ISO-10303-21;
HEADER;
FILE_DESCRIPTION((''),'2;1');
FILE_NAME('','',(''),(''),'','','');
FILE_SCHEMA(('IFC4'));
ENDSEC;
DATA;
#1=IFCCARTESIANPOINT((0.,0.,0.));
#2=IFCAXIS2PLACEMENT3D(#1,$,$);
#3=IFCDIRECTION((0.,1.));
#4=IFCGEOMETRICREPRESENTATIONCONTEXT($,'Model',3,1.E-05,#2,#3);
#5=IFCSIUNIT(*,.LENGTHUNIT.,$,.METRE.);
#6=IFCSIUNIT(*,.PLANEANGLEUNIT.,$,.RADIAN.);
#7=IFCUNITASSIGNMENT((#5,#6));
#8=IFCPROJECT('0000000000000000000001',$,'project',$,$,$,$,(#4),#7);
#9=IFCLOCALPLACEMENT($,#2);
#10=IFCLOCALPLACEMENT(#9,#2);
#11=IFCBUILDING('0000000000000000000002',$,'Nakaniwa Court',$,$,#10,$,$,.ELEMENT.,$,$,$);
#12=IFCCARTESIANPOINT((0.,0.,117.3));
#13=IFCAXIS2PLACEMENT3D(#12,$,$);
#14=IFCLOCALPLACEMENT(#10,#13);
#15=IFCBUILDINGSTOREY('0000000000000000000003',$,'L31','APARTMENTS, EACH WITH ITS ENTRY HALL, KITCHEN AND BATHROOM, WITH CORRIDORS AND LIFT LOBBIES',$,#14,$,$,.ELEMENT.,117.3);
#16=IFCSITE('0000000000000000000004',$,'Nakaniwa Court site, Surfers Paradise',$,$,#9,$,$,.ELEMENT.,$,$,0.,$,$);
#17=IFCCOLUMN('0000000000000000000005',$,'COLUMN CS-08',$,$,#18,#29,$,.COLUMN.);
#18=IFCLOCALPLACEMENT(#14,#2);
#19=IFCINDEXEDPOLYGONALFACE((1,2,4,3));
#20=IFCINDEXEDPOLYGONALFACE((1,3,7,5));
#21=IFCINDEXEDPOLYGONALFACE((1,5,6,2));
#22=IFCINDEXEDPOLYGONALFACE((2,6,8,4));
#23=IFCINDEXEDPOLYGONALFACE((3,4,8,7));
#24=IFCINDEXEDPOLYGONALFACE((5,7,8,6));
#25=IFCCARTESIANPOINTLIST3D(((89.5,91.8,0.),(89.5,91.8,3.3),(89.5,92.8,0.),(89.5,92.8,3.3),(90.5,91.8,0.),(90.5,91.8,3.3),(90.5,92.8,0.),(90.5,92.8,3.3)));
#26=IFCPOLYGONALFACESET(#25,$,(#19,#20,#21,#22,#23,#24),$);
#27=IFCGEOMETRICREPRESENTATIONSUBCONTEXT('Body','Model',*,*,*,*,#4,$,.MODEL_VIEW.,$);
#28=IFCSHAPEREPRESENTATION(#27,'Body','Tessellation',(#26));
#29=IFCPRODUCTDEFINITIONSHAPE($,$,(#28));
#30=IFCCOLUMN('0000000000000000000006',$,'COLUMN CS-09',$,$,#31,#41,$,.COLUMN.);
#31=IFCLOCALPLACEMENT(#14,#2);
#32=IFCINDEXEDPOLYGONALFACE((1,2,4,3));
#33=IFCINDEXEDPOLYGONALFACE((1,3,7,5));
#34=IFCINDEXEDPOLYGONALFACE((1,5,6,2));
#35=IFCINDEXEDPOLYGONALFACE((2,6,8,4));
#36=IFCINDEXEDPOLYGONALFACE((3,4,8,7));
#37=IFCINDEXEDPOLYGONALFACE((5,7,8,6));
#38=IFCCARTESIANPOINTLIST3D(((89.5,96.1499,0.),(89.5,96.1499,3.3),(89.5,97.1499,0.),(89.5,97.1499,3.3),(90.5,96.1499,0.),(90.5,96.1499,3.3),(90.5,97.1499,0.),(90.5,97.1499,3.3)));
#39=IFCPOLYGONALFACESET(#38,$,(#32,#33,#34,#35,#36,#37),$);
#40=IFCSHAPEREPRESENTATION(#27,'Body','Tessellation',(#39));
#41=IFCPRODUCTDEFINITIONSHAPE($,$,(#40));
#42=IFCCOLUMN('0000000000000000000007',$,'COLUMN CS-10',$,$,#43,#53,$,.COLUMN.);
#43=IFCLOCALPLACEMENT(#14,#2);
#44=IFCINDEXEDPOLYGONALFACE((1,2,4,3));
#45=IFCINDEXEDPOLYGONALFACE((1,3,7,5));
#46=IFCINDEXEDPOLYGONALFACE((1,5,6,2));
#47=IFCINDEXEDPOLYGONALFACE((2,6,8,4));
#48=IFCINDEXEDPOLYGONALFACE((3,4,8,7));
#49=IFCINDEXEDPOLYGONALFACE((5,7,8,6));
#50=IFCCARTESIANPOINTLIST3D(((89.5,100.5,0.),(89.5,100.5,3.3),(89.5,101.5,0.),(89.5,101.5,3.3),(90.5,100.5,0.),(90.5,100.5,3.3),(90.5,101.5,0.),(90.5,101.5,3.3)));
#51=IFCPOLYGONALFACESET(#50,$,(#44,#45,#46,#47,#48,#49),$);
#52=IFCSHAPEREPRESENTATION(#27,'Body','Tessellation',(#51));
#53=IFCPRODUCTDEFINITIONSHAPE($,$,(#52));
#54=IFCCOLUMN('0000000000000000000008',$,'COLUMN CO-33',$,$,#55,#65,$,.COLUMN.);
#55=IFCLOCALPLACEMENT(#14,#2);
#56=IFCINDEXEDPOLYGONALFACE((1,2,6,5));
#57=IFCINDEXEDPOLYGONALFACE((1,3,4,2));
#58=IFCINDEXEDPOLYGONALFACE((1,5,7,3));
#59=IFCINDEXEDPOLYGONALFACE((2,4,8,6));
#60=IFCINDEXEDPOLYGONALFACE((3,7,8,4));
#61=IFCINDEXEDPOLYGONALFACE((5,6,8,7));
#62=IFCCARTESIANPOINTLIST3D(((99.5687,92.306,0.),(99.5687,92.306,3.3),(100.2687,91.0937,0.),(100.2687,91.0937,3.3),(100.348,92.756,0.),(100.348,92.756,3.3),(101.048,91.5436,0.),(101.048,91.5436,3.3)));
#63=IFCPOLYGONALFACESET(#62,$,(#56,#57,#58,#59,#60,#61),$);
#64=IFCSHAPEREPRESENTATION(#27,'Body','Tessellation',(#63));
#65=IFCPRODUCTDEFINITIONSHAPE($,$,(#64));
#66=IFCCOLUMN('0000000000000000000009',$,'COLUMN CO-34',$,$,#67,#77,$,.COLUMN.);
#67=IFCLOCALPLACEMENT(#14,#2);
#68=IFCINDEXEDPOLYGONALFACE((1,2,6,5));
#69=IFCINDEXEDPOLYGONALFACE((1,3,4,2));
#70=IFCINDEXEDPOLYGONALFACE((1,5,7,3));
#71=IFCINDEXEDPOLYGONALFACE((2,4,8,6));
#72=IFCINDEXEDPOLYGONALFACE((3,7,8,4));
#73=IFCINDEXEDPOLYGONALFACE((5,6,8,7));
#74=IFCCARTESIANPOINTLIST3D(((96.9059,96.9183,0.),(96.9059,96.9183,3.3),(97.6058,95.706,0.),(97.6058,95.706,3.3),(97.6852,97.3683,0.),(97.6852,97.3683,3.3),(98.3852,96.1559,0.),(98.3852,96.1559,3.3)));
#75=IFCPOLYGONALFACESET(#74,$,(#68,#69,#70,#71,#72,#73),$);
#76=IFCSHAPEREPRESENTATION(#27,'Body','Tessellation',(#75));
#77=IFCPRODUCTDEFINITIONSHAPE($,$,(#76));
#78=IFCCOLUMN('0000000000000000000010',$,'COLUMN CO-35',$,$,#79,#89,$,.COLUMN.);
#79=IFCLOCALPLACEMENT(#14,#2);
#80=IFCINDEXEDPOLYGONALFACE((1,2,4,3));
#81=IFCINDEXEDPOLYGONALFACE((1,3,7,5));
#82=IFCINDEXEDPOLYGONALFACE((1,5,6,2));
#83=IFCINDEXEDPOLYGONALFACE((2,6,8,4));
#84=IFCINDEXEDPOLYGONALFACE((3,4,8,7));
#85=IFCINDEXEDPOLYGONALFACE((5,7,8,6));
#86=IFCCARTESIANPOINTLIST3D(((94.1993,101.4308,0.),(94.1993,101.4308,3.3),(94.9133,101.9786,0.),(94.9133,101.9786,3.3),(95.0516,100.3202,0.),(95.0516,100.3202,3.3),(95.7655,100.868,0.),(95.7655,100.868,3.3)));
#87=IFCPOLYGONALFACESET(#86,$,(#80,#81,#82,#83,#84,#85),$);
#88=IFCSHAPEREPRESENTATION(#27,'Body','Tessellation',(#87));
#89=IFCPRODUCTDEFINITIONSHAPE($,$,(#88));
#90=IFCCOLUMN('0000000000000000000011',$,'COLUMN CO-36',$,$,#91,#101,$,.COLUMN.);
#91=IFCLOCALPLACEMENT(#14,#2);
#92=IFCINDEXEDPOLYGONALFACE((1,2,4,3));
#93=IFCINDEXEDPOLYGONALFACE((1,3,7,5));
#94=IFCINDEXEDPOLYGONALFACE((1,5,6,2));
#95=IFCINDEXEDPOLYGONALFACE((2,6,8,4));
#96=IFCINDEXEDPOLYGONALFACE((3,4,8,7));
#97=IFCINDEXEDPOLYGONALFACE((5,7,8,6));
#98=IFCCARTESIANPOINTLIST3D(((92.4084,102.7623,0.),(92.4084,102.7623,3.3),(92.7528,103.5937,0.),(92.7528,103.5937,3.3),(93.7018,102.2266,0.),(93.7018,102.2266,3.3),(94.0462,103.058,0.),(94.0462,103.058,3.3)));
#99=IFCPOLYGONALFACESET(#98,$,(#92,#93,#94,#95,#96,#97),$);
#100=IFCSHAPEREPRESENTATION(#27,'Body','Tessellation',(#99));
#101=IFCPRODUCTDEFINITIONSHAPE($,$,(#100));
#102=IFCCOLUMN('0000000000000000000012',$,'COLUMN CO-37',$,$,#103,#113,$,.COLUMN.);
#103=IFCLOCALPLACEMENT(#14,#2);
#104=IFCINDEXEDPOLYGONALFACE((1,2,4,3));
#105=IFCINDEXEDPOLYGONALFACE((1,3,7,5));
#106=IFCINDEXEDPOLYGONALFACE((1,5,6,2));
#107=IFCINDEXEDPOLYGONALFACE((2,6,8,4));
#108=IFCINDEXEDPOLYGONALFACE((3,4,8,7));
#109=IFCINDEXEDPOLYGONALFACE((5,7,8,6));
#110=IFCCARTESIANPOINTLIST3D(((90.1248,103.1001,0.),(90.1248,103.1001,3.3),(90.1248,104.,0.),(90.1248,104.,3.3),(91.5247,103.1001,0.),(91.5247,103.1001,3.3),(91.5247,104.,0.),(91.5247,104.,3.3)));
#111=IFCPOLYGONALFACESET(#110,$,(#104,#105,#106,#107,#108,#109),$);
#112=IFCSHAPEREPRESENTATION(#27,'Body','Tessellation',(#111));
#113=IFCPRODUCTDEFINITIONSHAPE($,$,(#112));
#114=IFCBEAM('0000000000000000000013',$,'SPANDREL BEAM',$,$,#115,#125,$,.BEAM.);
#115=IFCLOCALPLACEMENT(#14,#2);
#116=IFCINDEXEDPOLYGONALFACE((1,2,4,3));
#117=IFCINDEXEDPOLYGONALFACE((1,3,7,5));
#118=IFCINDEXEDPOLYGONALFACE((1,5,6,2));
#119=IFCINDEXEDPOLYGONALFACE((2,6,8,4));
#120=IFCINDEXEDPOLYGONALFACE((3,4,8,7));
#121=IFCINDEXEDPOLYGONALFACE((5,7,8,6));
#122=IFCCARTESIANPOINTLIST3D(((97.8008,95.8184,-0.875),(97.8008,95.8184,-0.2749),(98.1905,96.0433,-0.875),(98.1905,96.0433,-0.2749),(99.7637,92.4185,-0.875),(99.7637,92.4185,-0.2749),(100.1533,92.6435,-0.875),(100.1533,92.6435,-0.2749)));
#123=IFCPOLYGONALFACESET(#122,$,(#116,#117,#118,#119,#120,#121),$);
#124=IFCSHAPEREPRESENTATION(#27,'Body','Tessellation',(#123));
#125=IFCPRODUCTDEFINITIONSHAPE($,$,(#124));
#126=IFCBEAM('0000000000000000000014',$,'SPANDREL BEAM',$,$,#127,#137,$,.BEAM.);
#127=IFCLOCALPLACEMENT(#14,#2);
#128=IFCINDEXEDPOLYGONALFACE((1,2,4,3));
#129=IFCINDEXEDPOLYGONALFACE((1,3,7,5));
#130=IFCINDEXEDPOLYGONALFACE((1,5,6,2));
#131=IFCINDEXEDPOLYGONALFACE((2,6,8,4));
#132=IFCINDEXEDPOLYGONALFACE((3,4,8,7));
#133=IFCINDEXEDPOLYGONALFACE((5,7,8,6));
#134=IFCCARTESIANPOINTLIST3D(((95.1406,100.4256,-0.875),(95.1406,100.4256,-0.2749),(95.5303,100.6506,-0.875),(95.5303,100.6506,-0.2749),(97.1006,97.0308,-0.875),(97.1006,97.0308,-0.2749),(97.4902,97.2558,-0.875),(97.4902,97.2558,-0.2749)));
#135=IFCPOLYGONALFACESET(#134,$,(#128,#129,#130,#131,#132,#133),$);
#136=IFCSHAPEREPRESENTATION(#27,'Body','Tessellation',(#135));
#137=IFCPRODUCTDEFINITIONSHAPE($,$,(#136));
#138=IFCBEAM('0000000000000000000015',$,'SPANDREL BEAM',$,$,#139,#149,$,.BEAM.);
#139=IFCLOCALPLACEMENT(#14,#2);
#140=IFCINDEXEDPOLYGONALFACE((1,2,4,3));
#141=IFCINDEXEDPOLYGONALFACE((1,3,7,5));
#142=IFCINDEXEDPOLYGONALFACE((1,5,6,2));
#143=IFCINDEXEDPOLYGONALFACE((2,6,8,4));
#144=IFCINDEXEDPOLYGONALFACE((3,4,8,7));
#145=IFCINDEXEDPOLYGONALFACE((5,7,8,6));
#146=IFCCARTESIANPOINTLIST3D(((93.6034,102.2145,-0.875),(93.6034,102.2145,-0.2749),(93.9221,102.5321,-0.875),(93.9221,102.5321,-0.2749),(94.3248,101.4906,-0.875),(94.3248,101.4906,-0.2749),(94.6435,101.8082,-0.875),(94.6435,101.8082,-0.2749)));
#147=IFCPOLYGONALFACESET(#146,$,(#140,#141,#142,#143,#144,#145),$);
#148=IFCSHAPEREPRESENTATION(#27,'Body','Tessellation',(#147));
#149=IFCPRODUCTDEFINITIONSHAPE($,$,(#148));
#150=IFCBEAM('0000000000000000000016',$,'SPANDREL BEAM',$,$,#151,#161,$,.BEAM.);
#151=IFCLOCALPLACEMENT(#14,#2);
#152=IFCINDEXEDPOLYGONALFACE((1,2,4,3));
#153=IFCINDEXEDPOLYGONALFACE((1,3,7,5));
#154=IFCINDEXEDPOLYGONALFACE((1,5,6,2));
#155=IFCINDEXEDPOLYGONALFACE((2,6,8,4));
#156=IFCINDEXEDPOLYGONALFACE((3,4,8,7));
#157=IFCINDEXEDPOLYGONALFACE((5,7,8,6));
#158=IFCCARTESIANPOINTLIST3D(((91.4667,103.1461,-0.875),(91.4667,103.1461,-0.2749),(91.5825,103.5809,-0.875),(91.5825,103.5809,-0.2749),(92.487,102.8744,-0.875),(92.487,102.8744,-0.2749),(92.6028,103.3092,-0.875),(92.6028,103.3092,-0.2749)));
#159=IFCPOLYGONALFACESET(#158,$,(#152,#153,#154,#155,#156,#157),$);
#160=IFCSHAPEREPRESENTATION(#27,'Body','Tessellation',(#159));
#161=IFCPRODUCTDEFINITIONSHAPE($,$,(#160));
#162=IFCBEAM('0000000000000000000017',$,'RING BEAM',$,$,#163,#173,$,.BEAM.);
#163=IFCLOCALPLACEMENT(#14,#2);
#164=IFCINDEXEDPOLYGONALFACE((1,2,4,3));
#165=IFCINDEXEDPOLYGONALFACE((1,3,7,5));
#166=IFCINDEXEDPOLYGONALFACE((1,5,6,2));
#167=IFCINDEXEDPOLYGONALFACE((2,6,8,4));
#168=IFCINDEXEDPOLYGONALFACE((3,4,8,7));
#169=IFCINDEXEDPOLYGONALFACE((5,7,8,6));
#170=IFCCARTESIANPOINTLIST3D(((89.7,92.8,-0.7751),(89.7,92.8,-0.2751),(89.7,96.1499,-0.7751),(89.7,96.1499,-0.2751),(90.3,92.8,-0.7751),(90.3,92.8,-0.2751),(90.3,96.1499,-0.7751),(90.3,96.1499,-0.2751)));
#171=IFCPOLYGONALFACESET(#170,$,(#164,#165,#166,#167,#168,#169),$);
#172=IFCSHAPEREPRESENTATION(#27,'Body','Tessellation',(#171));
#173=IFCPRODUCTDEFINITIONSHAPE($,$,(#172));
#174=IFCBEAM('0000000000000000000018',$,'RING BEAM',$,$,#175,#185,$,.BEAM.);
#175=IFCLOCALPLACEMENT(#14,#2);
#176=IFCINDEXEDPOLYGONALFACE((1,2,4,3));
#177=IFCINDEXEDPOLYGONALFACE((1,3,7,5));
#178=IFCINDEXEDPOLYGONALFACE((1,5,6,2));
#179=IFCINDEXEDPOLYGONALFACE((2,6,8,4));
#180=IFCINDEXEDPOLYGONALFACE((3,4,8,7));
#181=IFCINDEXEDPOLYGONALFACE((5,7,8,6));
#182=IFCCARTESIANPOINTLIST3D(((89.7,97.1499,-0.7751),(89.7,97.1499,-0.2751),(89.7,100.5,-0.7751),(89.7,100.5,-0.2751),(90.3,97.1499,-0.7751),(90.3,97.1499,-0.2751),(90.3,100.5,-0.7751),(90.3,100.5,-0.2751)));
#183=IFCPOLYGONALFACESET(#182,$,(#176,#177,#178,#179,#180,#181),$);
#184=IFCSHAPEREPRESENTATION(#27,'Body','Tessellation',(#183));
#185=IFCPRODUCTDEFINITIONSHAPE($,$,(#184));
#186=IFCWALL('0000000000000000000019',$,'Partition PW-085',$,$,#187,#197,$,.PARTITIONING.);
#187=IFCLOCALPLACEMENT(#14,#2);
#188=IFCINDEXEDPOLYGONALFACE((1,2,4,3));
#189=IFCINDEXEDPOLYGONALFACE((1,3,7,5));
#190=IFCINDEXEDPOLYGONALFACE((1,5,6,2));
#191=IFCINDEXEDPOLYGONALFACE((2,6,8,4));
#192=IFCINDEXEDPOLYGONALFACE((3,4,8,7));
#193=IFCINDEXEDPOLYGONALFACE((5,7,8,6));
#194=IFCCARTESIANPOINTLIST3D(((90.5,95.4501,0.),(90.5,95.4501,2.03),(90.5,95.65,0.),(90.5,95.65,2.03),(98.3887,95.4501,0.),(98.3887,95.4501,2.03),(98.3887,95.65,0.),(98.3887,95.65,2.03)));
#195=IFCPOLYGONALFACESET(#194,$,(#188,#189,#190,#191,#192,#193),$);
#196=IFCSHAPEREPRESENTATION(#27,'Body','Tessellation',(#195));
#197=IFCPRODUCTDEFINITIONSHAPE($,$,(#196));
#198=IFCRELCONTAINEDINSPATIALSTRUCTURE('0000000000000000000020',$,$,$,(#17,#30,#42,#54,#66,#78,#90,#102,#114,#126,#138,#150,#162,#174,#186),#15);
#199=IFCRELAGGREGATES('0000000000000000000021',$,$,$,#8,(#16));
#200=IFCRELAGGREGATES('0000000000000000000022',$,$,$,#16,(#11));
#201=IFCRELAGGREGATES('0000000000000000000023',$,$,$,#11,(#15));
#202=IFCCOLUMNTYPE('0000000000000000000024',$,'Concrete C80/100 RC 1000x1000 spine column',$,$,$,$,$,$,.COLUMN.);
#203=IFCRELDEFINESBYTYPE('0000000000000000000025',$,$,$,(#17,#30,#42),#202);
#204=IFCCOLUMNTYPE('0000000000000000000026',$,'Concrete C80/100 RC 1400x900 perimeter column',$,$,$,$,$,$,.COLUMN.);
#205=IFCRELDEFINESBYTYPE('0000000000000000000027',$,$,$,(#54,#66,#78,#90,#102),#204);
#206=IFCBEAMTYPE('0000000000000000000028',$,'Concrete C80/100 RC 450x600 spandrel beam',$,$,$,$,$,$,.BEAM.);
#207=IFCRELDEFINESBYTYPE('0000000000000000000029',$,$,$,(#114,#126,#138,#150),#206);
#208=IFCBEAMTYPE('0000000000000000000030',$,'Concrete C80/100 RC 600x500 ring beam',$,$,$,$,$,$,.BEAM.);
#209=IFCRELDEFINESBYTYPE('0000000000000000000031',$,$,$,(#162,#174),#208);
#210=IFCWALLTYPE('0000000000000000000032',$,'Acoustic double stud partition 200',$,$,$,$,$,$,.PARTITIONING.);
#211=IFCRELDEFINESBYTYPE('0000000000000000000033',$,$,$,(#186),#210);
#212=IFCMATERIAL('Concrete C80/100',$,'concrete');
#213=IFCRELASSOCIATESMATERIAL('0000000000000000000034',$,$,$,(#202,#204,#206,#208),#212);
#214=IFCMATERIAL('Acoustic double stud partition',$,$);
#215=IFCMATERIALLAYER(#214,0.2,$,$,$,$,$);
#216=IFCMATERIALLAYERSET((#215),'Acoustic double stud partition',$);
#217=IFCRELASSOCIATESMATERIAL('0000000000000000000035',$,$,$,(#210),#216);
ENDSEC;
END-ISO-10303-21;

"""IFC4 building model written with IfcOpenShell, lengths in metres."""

from ifc_helpers import new_model, si_unit, direction, frame, frame_2d, origin, origin_2d, place, context, subcontext, project, spatial, rectangle, extrude, material, layer, layer_set, material_profile, profile_set, type_object, element, save


model = new_model("IFC4")

# Units and contexts
model_context = context("Model", 3, precision=1e-05, world=origin(), true_north=direction((0.0, 1.0)))
body_context = subcontext(model_context, "Body", "Model", "MODEL_VIEW")
ifc_project = project(units=[si_unit("LENGTHUNIT", "METRE"), si_unit("PLANEANGLEUNIT", "RADIAN")], contexts=[model_context])

# Site, building, storey
site_placement = place(None, origin())
site = spatial("IfcSite", under=ifc_project, at=site_placement, Name="Nakaniwa Court site, Surfers Paradise", CompositionType="ELEMENT", RefElevation=0.0)
building_placement = place(site_placement, origin())
building = spatial("IfcBuilding", under=site, at=building_placement, Name="Nakaniwa Court", CompositionType="ELEMENT")
storey_placement = place(building_placement, frame((0.0, 0.0, 117.3)))
storey = spatial("IfcBuildingStorey", under=building, at=storey_placement, Name="L31", Description="APARTMENTS, EACH WITH ITS ENTRY HALL, KITCHEN AND BATHROOM, WITH CORRIDORS AND LIFT LOBBIES", CompositionType="ELEMENT", Elevation=117.3)

# Columns
ifc_material_1 = material(Name="Concrete C80/100", Category="concrete")
ifc_material_profile_1 = material_profile(ifc_material_1, rectangle(XDim=1.0, YDim=1.0, at=origin_2d()), Name="Concrete C80/100 RC 1000x1000 spine column")
ifc_profile_set_1 = profile_set([ifc_material_profile_1], Name="Concrete C80/100")
column_type_1 = type_object("IfcColumnType", Name="Concrete C80/100 RC 1000x1000 spine column", PredefinedType="COLUMN", material=ifc_profile_set_1)
for number, where, z_axis, x_axis, name in (
    (1, (90.0, 92.3, 0.0), (0.0, 0.0, 1.0), (0.0, 1.0, 0.0), "COLUMN CS-08"),
    (2, (90.0, 96.6499, 0.0), (0.0, 0.0, 1.0), (0.0, 1.0, 0.0), "COLUMN CS-09"),
    (3, (90.0, 101.0, 0.0), (0.0, 0.0, 1.0), (0.0, 1.0, 0.0), "COLUMN CS-10"),
):
    element("IfcColumn", number, at=place(storey_placement, frame(where, z_axis=z_axis, x_axis=x_axis)), inside=storey, type_object=column_type_1, Name=name, PredefinedType="COLUMN", context=body_context, shape_type="SweptSolid", body=[
        extrude(rectangle(XDim=1.0, YDim=1.0, at=origin_2d()), origin(), (0.0, 0.0, 1.0), 3.3),
    ])
ifc_material_profile_2 = material_profile(ifc_material_1, rectangle(XDim=1.3999, YDim=0.8999, at=origin_2d()), Name="Concrete C80/100 RC 1400x900 perimeter column")
ifc_profile_set_2 = profile_set([ifc_material_profile_2], Name="Concrete C80/100")
column_type_2 = type_object("IfcColumnType", Name="Concrete C80/100 RC 1400x900 perimeter column", PredefinedType="COLUMN", material=ifc_profile_set_2)
for number, where, z_axis, x_axis, name in (
    (4, (100.3083, 91.9248, 0.0), (0.0, 0.0, 1.0), (-0.5, 0.866025, 0.0), "COLUMN CO-33"),
    (5, (97.6455, 96.5371, 0.0), (0.0, 0.0, 1.0), (-0.5, 0.866025, 0.0), "COLUMN CO-34"),
    (6, (94.9824, 101.1494, 0.0), (0.0, 0.0, 1.0), (-0.608761, 0.793353, 0.0), "COLUMN CO-35"),
    (7, (93.2273, 102.9102, 0.0), (0.0, 0.0, 1.0), (-0.92388, 0.382683, 0.0), "COLUMN CO-36"),
    (8, (90.8247, 103.55, 0.0), (0.0, 0.0, 1.0), (-1.0, 0.0, 0.0), "COLUMN CO-37"),
):
    element("IfcColumn", number, at=place(storey_placement, frame(where, z_axis=z_axis, x_axis=x_axis)), inside=storey, type_object=column_type_2, Name=name, PredefinedType="COLUMN", context=body_context, shape_type="SweptSolid", body=[
        extrude(rectangle(XDim=1.3999, YDim=0.8999, at=origin_2d()), origin(), (0.0, 0.0, 1.0), 3.3),
    ])

# Beams
ifc_material_profile_3 = material_profile(ifc_material_1, rectangle(XDim=0.45, YDim=0.6001, at=origin_2d()), Name="Concrete C80/100 RC 450x600 spandrel beam")
ifc_profile_set_3 = profile_set([ifc_material_profile_3], Name="Concrete C80/100")
beam_type_1 = type_object("IfcBeamType", Name="Concrete C80/100 RC 450x600 spandrel beam", PredefinedType="BEAM", material=ifc_profile_set_3)
beam_1_placement = place(storey_placement, frame((99.9585, 92.531, -0.575), z_axis=(-0.499992, 0.86603, 0.0), x_axis=(-0.86603, -0.499992, 0.0)))
element("IfcBeam", 9, at=beam_1_placement, inside=storey, type_object=beam_type_1, Name="SPANDREL BEAM", PredefinedType="BEAM", context=body_context, shape_type="SweptSolid", body=[
    extrude(rectangle(XDim=0.45, YDim=0.6001, at=origin_2d()), origin(), (0.0, 0.0, 1.0), 3.9258),
])
beam_2_placement = place(storey_placement, frame((97.2954, 97.1433, -0.575), z_axis=(-0.499997, 0.866027, 0.0), x_axis=(-0.866027, -0.499997, 0.0)))
element("IfcBeam", 10, at=beam_2_placement, inside=storey, type_object=beam_type_1, Name="SPANDREL BEAM", PredefinedType="BEAM", context=body_context, shape_type="SweptSolid", body=[
    extrude(rectangle(XDim=0.45, YDim=0.6001, at=origin_2d()), origin(), (0.0, 0.0, 1.0), 3.9199),
])
beam_3_placement = place(storey_placement, frame((94.4841, 101.6494, -0.575), z_axis=(-0.705911, 0.7083, 0.0), x_axis=(-0.7083, -0.705911, 0.0)))
element("IfcBeam", 11, at=beam_3_placement, inside=storey, type_object=beam_type_1, Name="SPANDREL BEAM", PredefinedType="BEAM", context=body_context, shape_type="SweptSolid", body=[
    extrude(rectangle(XDim=0.45, YDim=0.6001, at=origin_2d()), origin(), (0.0, 0.0, 1.0), 1.022),
])
beam_4_placement = place(storey_placement, frame((92.5449, 103.0918, -0.575), z_axis=(-0.966315, 0.25736, 0.0), x_axis=(-0.25736, -0.966315, 0.0)))
element("IfcBeam", 12, at=beam_4_placement, inside=storey, type_object=beam_type_1, Name="SPANDREL BEAM", PredefinedType="BEAM", context=body_context, shape_type="SweptSolid", body=[
    extrude(rectangle(XDim=0.45, YDim=0.6001, at=origin_2d()), origin(), (0.0, 0.0, 1.0), 1.0559),
])
ifc_material_profile_4 = material_profile(ifc_material_1, rectangle(XDim=0.6001, YDim=0.5, at=origin_2d()), Name="Concrete C80/100 RC 600x500 ring beam")
ifc_profile_set_4 = profile_set([ifc_material_profile_4], Name="Concrete C80/100")
beam_type_2 = type_object("IfcBeamType", Name="Concrete C80/100 RC 600x500 ring beam", PredefinedType="BEAM", material=ifc_profile_set_4)
beam_5_placement = place(storey_placement, frame((90.0, 92.8, -0.5251), z_axis=(0.0, 1.0, 0.0), x_axis=(-1.0, 0.0, 0.0)))
element("IfcBeam", 13, at=beam_5_placement, inside=storey, type_object=beam_type_2, Name="RING BEAM", PredefinedType="BEAM", context=body_context, shape_type="SweptSolid", body=[
    extrude(rectangle(XDim=0.6001, YDim=0.5, at=origin_2d()), origin(), (0.0, 0.0, 1.0), 3.3499),
])
beam_6_placement = place(storey_placement, frame((90.0, 97.1499, -0.5251), z_axis=(0.0, 1.0, 0.0), x_axis=(-1.0, 0.0, 0.0)))
element("IfcBeam", 14, at=beam_6_placement, inside=storey, type_object=beam_type_2, Name="RING BEAM", PredefinedType="BEAM", context=body_context, shape_type="SweptSolid", body=[
    extrude(rectangle(XDim=0.6001, YDim=0.5, at=origin_2d()), origin(), (0.0, 0.0, 1.0), 3.3501),
])

# Wall
ifc_material_2 = material(Name="Acoustic double stud partition")
ifc_layer_1 = layer(ifc_material_2, 0.2)
ifc_layer_set_1 = layer_set([ifc_layer_1], Name="Acoustic double stud partition")
wall_type_1 = type_object("IfcWallType", Name="Acoustic double stud partition 200", PredefinedType="PARTITIONING", material=ifc_layer_set_1)
wall_1_placement = place(storey_placement, frame((90.5, 95.55, 0.0), z_axis=(0.0, 0.0, 1.0), x_axis=(1.0, 0.0, 0.0)))
element("IfcWall", 15, at=wall_1_placement, inside=storey, type_object=wall_type_1, Name="Partition PW-085", PredefinedType="PARTITIONING", context=body_context, shape_type="SweptSolid", body=[
    extrude(rectangle(XDim=7.8887, YDim=0.2, at=frame_2d((3.9443, 0.0))), origin(), (0.0, 0.0, 1.0), 2.03),
])

save(model, "model.ifc")
